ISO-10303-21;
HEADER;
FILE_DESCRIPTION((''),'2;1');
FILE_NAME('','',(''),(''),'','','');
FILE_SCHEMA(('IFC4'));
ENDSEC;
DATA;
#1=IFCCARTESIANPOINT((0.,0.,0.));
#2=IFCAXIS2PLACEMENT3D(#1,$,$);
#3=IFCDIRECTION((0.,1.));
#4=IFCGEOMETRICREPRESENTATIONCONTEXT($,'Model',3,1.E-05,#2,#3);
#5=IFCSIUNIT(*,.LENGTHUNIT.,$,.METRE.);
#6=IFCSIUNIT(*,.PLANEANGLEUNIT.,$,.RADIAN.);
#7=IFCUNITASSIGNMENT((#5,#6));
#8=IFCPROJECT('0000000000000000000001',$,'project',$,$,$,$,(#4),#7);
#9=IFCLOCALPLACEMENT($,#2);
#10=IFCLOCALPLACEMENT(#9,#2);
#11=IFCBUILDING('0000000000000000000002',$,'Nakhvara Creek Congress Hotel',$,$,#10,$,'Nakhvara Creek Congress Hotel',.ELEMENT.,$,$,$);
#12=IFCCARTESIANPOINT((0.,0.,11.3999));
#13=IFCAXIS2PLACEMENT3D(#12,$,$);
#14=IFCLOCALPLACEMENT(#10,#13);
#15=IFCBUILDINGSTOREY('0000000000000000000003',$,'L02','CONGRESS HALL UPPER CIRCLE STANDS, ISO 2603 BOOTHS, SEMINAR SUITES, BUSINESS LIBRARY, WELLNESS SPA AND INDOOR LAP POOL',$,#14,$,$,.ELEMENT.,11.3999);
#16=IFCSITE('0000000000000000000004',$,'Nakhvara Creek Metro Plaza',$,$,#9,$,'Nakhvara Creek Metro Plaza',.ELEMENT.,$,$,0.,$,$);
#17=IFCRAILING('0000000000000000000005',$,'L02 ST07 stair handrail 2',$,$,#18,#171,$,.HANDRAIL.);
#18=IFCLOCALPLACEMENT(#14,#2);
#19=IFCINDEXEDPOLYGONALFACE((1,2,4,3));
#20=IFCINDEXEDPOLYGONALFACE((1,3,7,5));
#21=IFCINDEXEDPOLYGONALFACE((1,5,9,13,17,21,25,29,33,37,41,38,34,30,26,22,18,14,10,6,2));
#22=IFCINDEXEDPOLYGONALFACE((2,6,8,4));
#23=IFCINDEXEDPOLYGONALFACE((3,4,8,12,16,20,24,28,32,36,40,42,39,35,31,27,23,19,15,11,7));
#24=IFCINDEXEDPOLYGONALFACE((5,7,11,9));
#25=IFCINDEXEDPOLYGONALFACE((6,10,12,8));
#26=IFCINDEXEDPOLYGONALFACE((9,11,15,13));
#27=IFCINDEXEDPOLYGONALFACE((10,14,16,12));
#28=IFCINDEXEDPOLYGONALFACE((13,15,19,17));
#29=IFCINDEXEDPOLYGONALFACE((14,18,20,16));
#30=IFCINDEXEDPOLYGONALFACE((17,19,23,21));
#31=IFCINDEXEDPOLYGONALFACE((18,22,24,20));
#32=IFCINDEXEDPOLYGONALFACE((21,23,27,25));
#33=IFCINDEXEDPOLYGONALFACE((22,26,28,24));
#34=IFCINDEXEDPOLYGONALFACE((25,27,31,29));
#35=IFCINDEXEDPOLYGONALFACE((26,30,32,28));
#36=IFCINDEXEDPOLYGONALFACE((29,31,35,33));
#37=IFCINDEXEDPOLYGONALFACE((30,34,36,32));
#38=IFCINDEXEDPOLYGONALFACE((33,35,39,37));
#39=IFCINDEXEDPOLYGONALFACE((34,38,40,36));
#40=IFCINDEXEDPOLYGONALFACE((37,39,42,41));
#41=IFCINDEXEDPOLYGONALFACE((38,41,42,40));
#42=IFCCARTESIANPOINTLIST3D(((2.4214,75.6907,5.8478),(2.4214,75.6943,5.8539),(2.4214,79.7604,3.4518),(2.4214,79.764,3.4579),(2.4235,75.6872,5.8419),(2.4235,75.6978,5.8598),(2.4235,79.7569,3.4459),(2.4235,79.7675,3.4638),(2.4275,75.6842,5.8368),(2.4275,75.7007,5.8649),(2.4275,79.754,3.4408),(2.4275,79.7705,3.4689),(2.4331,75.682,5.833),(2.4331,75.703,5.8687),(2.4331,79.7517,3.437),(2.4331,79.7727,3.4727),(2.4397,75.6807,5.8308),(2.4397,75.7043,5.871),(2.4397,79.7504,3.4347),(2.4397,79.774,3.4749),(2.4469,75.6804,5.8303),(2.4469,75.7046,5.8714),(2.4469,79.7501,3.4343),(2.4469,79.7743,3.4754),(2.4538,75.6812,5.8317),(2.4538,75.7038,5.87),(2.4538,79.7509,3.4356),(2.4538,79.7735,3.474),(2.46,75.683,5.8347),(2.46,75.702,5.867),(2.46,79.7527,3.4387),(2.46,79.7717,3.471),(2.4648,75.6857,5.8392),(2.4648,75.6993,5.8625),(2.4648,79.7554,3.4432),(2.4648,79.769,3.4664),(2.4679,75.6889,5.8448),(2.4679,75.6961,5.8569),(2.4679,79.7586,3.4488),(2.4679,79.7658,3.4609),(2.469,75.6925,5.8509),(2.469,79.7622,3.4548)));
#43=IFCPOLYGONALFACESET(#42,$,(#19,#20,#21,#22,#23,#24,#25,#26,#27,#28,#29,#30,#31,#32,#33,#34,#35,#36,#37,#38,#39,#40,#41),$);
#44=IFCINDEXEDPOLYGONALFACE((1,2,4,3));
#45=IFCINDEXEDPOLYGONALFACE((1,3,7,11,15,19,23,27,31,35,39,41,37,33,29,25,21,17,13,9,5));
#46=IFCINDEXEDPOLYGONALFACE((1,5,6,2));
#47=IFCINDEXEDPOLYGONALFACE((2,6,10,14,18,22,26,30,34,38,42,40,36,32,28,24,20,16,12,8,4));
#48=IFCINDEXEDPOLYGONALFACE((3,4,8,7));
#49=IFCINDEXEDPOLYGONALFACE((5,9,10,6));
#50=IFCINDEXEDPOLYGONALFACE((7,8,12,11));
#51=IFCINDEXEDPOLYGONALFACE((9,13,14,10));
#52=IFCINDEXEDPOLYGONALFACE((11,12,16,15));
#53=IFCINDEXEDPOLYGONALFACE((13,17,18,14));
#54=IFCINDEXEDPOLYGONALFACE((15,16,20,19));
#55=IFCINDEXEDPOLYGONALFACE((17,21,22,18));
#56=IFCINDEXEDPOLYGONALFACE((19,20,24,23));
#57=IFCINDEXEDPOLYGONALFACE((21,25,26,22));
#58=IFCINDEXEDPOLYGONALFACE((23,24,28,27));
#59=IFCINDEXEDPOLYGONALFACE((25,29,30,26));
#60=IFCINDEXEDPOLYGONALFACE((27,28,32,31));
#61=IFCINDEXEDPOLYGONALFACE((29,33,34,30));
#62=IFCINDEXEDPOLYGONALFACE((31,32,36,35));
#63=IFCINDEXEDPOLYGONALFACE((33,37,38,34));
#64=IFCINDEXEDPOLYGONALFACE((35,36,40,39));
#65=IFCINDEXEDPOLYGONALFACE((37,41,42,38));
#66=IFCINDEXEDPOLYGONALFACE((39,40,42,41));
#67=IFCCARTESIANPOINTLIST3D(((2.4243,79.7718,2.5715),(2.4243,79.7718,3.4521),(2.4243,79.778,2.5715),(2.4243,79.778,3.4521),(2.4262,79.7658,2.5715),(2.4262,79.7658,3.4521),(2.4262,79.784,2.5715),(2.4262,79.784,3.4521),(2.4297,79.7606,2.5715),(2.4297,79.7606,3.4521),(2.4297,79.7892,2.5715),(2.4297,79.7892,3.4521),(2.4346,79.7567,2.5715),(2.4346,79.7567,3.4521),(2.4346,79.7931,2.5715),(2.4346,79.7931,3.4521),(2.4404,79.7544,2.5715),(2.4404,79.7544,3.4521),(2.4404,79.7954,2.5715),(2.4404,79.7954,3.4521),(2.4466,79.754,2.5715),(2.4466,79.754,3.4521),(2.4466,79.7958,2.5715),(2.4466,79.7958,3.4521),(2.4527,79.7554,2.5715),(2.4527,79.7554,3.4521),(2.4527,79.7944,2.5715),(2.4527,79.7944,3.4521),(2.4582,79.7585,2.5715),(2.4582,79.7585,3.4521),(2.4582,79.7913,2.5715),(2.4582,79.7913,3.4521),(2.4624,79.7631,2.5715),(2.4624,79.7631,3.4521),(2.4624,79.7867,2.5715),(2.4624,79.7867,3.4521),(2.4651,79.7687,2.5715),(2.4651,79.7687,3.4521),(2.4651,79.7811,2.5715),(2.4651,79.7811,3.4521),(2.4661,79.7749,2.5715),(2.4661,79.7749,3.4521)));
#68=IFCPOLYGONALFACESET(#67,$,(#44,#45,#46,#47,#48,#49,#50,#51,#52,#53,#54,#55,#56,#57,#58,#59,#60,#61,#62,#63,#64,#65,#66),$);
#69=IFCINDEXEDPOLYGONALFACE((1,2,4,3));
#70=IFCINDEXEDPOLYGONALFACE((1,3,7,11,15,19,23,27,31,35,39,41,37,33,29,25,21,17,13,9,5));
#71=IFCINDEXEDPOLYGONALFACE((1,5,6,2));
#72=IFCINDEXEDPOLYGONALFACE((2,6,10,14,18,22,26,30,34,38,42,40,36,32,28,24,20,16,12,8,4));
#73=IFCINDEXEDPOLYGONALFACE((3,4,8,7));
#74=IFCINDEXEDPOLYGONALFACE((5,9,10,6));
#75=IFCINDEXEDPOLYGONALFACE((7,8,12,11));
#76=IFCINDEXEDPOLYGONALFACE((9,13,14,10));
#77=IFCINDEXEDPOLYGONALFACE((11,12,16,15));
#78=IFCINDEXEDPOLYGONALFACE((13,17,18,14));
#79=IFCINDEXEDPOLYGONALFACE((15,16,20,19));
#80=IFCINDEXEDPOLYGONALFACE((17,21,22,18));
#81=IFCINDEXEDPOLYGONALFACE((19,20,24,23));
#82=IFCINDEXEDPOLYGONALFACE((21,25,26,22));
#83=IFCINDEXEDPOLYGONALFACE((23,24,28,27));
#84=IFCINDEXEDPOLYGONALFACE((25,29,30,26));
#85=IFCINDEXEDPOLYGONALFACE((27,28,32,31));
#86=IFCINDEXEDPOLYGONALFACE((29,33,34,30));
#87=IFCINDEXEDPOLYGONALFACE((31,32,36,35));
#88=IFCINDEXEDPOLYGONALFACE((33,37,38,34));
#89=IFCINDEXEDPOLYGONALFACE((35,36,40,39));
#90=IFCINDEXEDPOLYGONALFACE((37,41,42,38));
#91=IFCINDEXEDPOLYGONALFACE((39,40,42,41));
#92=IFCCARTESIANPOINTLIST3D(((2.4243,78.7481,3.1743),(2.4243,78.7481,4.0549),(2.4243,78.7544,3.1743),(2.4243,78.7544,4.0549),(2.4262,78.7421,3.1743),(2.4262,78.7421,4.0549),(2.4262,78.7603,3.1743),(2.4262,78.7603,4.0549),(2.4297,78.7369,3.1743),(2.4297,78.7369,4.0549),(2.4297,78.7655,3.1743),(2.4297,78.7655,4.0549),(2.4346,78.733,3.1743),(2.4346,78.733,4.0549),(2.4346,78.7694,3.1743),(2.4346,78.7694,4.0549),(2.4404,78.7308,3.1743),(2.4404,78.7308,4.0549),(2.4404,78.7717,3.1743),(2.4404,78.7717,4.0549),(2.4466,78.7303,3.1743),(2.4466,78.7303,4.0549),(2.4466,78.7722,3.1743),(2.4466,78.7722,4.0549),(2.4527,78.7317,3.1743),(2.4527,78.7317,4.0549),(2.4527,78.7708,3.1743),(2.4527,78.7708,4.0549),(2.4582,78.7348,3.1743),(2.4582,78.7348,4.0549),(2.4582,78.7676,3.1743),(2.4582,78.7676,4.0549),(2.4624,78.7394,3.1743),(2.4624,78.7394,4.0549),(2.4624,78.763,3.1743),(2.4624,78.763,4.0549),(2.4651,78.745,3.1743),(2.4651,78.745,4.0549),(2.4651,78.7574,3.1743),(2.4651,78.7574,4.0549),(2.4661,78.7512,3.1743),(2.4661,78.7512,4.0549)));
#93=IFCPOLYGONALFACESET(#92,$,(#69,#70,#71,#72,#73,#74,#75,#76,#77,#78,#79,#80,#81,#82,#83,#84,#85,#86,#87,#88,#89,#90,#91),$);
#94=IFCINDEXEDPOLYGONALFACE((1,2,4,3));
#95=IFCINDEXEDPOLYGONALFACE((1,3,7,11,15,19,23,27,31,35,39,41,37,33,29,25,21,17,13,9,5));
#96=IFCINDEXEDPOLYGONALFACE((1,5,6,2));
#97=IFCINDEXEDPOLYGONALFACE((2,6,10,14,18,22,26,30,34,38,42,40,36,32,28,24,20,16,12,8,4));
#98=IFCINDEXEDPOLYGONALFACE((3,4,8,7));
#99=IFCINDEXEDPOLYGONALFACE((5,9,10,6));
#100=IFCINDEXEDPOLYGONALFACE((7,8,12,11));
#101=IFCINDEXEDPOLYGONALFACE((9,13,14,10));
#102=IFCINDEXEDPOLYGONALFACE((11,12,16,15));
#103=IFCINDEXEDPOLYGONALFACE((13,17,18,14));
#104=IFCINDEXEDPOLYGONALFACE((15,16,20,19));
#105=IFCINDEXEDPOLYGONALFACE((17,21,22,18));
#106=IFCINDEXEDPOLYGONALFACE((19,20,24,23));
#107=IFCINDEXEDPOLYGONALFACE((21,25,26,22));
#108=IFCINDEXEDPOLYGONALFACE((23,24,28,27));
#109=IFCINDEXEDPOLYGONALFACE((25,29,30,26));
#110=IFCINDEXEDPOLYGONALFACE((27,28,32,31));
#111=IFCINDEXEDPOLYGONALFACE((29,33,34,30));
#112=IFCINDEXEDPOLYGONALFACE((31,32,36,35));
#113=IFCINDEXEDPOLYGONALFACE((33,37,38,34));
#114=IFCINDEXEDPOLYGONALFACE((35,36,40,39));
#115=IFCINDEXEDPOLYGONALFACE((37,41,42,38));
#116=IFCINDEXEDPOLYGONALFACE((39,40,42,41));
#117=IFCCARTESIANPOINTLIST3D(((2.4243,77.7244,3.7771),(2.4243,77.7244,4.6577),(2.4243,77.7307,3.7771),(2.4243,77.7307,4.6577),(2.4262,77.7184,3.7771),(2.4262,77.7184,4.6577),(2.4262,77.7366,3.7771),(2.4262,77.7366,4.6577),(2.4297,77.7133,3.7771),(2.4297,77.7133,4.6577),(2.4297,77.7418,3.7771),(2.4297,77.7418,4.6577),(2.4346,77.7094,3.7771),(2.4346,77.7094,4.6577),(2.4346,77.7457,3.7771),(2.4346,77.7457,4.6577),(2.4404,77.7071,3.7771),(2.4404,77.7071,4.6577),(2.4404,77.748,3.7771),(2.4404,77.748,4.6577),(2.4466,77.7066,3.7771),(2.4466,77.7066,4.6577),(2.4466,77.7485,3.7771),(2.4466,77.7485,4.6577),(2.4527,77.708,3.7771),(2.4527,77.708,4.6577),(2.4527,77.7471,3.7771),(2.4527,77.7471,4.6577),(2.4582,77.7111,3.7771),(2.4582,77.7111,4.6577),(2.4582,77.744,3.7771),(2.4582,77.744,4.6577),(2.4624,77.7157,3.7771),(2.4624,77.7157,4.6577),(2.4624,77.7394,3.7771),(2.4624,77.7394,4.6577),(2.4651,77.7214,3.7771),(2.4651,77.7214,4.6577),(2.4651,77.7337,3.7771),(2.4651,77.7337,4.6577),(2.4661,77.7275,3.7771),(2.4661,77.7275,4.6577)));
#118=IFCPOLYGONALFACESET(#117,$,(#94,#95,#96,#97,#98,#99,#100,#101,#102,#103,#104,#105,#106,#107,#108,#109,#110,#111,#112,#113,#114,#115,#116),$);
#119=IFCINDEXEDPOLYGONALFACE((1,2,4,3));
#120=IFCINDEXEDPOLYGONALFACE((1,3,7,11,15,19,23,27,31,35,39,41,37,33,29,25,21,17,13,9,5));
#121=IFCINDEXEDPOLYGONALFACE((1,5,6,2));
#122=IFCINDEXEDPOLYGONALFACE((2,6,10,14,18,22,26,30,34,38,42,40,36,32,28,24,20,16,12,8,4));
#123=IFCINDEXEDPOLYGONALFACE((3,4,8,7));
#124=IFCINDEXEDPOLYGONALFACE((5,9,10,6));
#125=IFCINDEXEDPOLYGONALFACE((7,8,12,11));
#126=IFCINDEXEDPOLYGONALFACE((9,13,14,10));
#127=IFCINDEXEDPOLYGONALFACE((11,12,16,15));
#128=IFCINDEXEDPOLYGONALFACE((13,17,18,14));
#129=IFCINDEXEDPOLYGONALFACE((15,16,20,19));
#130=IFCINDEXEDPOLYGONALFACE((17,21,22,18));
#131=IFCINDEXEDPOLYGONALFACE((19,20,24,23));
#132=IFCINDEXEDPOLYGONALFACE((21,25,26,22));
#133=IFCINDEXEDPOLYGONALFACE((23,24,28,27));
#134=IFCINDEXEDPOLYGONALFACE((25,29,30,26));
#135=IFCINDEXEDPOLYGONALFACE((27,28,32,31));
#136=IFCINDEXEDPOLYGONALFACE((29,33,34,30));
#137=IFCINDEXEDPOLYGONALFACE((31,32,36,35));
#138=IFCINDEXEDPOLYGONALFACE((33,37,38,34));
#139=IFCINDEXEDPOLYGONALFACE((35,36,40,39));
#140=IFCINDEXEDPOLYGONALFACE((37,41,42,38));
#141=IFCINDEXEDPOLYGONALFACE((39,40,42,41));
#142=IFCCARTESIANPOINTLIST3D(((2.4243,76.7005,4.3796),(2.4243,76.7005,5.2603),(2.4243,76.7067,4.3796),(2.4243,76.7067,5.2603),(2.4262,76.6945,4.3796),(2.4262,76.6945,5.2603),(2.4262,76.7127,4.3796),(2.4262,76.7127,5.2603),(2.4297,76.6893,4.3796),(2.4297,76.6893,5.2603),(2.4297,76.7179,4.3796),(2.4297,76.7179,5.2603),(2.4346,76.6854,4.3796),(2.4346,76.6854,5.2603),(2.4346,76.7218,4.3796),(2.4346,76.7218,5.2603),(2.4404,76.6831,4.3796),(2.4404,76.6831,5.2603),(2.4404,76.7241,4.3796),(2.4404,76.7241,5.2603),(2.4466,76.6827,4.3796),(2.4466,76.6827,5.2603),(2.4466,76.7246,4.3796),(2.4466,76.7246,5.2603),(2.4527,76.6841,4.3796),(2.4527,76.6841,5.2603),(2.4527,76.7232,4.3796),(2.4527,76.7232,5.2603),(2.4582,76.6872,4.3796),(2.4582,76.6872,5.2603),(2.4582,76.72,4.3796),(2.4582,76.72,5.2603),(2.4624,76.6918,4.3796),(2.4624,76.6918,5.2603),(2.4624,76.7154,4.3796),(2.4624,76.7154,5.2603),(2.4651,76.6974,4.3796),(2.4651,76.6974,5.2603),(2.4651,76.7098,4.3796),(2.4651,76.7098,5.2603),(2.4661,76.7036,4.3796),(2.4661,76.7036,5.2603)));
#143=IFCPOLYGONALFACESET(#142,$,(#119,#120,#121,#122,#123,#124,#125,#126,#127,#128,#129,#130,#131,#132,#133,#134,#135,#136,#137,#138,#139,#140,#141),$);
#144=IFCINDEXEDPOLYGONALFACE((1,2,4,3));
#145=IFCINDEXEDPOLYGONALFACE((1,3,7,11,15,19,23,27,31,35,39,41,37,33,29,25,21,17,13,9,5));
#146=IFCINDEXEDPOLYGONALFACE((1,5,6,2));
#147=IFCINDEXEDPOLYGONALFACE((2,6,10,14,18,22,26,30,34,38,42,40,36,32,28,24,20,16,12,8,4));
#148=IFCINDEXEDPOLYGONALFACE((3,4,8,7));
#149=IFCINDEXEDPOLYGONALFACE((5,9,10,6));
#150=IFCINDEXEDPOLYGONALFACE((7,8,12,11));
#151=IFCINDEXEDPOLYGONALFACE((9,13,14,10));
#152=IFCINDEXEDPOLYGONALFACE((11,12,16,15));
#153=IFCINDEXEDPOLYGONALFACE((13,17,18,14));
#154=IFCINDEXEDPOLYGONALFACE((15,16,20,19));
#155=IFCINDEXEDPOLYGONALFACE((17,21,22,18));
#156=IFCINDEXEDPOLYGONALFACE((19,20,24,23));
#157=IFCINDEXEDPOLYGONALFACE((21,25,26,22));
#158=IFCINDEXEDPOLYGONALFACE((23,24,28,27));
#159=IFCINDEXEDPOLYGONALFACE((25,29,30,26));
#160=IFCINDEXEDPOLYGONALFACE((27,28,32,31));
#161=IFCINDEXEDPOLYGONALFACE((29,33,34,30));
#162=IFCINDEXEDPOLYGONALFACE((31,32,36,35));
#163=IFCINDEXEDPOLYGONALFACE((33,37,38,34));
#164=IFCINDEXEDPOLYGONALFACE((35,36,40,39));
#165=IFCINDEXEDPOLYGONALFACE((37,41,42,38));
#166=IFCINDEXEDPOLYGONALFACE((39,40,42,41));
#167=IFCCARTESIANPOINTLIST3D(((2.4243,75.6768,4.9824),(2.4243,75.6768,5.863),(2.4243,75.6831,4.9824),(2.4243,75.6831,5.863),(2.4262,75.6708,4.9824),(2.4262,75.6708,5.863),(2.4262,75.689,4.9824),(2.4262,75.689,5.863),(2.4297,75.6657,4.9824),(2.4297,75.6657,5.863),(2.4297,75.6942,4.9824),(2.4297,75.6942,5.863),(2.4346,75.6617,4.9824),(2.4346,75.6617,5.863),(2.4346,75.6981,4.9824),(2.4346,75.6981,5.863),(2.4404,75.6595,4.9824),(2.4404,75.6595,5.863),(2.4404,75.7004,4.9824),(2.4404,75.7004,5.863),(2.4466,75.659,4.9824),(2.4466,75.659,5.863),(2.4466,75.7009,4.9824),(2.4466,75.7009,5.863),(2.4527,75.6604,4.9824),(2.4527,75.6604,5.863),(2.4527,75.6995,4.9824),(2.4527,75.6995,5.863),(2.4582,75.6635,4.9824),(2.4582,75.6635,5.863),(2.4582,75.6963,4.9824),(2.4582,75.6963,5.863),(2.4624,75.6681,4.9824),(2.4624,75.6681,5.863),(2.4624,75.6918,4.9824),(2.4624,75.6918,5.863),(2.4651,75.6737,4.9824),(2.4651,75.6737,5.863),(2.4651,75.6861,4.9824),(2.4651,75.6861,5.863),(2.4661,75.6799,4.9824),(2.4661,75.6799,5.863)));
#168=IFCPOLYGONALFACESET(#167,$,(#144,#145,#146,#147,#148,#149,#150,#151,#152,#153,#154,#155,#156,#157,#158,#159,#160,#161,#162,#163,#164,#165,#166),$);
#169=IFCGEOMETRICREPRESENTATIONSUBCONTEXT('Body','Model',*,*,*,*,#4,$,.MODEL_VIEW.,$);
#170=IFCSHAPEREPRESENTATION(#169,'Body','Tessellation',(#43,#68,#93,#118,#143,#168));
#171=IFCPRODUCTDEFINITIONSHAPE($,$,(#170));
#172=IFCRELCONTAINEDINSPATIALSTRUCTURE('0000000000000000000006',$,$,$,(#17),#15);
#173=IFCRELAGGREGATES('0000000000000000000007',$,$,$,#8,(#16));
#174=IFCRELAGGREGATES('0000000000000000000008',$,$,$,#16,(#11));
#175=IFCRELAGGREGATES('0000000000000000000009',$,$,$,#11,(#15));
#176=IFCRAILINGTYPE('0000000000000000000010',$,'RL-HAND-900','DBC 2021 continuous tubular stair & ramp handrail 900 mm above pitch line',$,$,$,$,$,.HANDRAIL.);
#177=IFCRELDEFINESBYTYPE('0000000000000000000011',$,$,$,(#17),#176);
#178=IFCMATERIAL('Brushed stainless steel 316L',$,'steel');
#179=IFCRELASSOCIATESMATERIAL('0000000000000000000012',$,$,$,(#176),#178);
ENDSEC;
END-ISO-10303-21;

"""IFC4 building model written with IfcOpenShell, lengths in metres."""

from ifc_helpers import new_model, si_unit, direction, frame, origin, origin_2d, place, context, subcontext, project, spatial, circle, extrude, material, type_object, element, save


model = new_model("IFC4")

# Units and contexts
model_context = context("Model", 3, precision=1e-05, world=origin(), true_north=direction((0.0, 1.0)))
body_context = subcontext(model_context, "Body", "Model", "MODEL_VIEW")
ifc_project = project(units=[si_unit("LENGTHUNIT", "METRE"), si_unit("PLANEANGLEUNIT", "RADIAN")], contexts=[model_context])

# Site, building, storey
site_placement = place(None, origin())
site = spatial("IfcSite", under=ifc_project, at=site_placement, Name="Nakhvara Creek Metro Plaza", LongName="Nakhvara Creek Metro Plaza", CompositionType="ELEMENT", RefElevation=0.0)
building_placement = place(site_placement, origin())
building = spatial("IfcBuilding", under=site, at=building_placement, Name="Nakhvara Creek Congress Hotel", LongName="Nakhvara Creek Congress Hotel", CompositionType="ELEMENT")
storey_placement = place(building_placement, frame((0.0, 0.0, 11.3999)))
storey = spatial("IfcBuildingStorey", under=building, at=storey_placement, Name="L02", Description="CONGRESS HALL UPPER CIRCLE STANDS, ISO 2603 BOOTHS, SEMINAR SUITES, BUSINESS LIBRARY, WELLNESS SPA AND INDOOR LAP POOL", CompositionType="ELEMENT", Elevation=11.3999)

# Railing
ifc_material_1 = material(Name="Brushed stainless steel 316L", Category="steel")
railing_type_1 = type_object("IfcRailingType", Name="RL-HAND-900", Description="DBC 2021 continuous tubular stair & ramp handrail 900 mm above pitch line", PredefinedType="HANDRAIL", material=ifc_material_1)
railing_1_placement = place(storey_placement, frame((2.4451, 79.7749, 2.5715)))
element("IfcRailing", 1, at=railing_1_placement, inside=storey, type_object=railing_type_1, Name="L02 ST07 stair handrail 2", PredefinedType="HANDRAIL", context=body_context, shape_type="SweptSolid", body=[
    extrude(circle(Radius=0.0239, at=origin_2d()), frame((0.0, -0.0127, 0.8833), z_axis=(0.0, -0.861743, 0.507346), x_axis=(1.0, 0.0, 0.0)), (0.0, 0.0, 1.0), 4.7227),
    extrude(circle(Radius=0.021, at=origin_2d()), origin(), (0.0, 0.0, 1.0), 0.8806),
    extrude(circle(Radius=0.021, at=origin_2d()), frame((0.0, -1.0237, 0.6028)), (0.0, 0.0, 1.0), 0.8806),
    extrude(circle(Radius=0.021, at=origin_2d()), frame((0.0, -2.0474, 1.2056)), (0.0, 0.0, 1.0), 0.8806),
    extrude(circle(Radius=0.021, at=origin_2d()), frame((0.0, -3.0713, 1.8081)), (0.0, 0.0, 1.0), 0.8806),
    extrude(circle(Radius=0.021, at=origin_2d()), frame((0.0, -4.095, 2.4109)), (0.0, 0.0, 1.0), 0.8806),
])

save(model, "model.ifc")
